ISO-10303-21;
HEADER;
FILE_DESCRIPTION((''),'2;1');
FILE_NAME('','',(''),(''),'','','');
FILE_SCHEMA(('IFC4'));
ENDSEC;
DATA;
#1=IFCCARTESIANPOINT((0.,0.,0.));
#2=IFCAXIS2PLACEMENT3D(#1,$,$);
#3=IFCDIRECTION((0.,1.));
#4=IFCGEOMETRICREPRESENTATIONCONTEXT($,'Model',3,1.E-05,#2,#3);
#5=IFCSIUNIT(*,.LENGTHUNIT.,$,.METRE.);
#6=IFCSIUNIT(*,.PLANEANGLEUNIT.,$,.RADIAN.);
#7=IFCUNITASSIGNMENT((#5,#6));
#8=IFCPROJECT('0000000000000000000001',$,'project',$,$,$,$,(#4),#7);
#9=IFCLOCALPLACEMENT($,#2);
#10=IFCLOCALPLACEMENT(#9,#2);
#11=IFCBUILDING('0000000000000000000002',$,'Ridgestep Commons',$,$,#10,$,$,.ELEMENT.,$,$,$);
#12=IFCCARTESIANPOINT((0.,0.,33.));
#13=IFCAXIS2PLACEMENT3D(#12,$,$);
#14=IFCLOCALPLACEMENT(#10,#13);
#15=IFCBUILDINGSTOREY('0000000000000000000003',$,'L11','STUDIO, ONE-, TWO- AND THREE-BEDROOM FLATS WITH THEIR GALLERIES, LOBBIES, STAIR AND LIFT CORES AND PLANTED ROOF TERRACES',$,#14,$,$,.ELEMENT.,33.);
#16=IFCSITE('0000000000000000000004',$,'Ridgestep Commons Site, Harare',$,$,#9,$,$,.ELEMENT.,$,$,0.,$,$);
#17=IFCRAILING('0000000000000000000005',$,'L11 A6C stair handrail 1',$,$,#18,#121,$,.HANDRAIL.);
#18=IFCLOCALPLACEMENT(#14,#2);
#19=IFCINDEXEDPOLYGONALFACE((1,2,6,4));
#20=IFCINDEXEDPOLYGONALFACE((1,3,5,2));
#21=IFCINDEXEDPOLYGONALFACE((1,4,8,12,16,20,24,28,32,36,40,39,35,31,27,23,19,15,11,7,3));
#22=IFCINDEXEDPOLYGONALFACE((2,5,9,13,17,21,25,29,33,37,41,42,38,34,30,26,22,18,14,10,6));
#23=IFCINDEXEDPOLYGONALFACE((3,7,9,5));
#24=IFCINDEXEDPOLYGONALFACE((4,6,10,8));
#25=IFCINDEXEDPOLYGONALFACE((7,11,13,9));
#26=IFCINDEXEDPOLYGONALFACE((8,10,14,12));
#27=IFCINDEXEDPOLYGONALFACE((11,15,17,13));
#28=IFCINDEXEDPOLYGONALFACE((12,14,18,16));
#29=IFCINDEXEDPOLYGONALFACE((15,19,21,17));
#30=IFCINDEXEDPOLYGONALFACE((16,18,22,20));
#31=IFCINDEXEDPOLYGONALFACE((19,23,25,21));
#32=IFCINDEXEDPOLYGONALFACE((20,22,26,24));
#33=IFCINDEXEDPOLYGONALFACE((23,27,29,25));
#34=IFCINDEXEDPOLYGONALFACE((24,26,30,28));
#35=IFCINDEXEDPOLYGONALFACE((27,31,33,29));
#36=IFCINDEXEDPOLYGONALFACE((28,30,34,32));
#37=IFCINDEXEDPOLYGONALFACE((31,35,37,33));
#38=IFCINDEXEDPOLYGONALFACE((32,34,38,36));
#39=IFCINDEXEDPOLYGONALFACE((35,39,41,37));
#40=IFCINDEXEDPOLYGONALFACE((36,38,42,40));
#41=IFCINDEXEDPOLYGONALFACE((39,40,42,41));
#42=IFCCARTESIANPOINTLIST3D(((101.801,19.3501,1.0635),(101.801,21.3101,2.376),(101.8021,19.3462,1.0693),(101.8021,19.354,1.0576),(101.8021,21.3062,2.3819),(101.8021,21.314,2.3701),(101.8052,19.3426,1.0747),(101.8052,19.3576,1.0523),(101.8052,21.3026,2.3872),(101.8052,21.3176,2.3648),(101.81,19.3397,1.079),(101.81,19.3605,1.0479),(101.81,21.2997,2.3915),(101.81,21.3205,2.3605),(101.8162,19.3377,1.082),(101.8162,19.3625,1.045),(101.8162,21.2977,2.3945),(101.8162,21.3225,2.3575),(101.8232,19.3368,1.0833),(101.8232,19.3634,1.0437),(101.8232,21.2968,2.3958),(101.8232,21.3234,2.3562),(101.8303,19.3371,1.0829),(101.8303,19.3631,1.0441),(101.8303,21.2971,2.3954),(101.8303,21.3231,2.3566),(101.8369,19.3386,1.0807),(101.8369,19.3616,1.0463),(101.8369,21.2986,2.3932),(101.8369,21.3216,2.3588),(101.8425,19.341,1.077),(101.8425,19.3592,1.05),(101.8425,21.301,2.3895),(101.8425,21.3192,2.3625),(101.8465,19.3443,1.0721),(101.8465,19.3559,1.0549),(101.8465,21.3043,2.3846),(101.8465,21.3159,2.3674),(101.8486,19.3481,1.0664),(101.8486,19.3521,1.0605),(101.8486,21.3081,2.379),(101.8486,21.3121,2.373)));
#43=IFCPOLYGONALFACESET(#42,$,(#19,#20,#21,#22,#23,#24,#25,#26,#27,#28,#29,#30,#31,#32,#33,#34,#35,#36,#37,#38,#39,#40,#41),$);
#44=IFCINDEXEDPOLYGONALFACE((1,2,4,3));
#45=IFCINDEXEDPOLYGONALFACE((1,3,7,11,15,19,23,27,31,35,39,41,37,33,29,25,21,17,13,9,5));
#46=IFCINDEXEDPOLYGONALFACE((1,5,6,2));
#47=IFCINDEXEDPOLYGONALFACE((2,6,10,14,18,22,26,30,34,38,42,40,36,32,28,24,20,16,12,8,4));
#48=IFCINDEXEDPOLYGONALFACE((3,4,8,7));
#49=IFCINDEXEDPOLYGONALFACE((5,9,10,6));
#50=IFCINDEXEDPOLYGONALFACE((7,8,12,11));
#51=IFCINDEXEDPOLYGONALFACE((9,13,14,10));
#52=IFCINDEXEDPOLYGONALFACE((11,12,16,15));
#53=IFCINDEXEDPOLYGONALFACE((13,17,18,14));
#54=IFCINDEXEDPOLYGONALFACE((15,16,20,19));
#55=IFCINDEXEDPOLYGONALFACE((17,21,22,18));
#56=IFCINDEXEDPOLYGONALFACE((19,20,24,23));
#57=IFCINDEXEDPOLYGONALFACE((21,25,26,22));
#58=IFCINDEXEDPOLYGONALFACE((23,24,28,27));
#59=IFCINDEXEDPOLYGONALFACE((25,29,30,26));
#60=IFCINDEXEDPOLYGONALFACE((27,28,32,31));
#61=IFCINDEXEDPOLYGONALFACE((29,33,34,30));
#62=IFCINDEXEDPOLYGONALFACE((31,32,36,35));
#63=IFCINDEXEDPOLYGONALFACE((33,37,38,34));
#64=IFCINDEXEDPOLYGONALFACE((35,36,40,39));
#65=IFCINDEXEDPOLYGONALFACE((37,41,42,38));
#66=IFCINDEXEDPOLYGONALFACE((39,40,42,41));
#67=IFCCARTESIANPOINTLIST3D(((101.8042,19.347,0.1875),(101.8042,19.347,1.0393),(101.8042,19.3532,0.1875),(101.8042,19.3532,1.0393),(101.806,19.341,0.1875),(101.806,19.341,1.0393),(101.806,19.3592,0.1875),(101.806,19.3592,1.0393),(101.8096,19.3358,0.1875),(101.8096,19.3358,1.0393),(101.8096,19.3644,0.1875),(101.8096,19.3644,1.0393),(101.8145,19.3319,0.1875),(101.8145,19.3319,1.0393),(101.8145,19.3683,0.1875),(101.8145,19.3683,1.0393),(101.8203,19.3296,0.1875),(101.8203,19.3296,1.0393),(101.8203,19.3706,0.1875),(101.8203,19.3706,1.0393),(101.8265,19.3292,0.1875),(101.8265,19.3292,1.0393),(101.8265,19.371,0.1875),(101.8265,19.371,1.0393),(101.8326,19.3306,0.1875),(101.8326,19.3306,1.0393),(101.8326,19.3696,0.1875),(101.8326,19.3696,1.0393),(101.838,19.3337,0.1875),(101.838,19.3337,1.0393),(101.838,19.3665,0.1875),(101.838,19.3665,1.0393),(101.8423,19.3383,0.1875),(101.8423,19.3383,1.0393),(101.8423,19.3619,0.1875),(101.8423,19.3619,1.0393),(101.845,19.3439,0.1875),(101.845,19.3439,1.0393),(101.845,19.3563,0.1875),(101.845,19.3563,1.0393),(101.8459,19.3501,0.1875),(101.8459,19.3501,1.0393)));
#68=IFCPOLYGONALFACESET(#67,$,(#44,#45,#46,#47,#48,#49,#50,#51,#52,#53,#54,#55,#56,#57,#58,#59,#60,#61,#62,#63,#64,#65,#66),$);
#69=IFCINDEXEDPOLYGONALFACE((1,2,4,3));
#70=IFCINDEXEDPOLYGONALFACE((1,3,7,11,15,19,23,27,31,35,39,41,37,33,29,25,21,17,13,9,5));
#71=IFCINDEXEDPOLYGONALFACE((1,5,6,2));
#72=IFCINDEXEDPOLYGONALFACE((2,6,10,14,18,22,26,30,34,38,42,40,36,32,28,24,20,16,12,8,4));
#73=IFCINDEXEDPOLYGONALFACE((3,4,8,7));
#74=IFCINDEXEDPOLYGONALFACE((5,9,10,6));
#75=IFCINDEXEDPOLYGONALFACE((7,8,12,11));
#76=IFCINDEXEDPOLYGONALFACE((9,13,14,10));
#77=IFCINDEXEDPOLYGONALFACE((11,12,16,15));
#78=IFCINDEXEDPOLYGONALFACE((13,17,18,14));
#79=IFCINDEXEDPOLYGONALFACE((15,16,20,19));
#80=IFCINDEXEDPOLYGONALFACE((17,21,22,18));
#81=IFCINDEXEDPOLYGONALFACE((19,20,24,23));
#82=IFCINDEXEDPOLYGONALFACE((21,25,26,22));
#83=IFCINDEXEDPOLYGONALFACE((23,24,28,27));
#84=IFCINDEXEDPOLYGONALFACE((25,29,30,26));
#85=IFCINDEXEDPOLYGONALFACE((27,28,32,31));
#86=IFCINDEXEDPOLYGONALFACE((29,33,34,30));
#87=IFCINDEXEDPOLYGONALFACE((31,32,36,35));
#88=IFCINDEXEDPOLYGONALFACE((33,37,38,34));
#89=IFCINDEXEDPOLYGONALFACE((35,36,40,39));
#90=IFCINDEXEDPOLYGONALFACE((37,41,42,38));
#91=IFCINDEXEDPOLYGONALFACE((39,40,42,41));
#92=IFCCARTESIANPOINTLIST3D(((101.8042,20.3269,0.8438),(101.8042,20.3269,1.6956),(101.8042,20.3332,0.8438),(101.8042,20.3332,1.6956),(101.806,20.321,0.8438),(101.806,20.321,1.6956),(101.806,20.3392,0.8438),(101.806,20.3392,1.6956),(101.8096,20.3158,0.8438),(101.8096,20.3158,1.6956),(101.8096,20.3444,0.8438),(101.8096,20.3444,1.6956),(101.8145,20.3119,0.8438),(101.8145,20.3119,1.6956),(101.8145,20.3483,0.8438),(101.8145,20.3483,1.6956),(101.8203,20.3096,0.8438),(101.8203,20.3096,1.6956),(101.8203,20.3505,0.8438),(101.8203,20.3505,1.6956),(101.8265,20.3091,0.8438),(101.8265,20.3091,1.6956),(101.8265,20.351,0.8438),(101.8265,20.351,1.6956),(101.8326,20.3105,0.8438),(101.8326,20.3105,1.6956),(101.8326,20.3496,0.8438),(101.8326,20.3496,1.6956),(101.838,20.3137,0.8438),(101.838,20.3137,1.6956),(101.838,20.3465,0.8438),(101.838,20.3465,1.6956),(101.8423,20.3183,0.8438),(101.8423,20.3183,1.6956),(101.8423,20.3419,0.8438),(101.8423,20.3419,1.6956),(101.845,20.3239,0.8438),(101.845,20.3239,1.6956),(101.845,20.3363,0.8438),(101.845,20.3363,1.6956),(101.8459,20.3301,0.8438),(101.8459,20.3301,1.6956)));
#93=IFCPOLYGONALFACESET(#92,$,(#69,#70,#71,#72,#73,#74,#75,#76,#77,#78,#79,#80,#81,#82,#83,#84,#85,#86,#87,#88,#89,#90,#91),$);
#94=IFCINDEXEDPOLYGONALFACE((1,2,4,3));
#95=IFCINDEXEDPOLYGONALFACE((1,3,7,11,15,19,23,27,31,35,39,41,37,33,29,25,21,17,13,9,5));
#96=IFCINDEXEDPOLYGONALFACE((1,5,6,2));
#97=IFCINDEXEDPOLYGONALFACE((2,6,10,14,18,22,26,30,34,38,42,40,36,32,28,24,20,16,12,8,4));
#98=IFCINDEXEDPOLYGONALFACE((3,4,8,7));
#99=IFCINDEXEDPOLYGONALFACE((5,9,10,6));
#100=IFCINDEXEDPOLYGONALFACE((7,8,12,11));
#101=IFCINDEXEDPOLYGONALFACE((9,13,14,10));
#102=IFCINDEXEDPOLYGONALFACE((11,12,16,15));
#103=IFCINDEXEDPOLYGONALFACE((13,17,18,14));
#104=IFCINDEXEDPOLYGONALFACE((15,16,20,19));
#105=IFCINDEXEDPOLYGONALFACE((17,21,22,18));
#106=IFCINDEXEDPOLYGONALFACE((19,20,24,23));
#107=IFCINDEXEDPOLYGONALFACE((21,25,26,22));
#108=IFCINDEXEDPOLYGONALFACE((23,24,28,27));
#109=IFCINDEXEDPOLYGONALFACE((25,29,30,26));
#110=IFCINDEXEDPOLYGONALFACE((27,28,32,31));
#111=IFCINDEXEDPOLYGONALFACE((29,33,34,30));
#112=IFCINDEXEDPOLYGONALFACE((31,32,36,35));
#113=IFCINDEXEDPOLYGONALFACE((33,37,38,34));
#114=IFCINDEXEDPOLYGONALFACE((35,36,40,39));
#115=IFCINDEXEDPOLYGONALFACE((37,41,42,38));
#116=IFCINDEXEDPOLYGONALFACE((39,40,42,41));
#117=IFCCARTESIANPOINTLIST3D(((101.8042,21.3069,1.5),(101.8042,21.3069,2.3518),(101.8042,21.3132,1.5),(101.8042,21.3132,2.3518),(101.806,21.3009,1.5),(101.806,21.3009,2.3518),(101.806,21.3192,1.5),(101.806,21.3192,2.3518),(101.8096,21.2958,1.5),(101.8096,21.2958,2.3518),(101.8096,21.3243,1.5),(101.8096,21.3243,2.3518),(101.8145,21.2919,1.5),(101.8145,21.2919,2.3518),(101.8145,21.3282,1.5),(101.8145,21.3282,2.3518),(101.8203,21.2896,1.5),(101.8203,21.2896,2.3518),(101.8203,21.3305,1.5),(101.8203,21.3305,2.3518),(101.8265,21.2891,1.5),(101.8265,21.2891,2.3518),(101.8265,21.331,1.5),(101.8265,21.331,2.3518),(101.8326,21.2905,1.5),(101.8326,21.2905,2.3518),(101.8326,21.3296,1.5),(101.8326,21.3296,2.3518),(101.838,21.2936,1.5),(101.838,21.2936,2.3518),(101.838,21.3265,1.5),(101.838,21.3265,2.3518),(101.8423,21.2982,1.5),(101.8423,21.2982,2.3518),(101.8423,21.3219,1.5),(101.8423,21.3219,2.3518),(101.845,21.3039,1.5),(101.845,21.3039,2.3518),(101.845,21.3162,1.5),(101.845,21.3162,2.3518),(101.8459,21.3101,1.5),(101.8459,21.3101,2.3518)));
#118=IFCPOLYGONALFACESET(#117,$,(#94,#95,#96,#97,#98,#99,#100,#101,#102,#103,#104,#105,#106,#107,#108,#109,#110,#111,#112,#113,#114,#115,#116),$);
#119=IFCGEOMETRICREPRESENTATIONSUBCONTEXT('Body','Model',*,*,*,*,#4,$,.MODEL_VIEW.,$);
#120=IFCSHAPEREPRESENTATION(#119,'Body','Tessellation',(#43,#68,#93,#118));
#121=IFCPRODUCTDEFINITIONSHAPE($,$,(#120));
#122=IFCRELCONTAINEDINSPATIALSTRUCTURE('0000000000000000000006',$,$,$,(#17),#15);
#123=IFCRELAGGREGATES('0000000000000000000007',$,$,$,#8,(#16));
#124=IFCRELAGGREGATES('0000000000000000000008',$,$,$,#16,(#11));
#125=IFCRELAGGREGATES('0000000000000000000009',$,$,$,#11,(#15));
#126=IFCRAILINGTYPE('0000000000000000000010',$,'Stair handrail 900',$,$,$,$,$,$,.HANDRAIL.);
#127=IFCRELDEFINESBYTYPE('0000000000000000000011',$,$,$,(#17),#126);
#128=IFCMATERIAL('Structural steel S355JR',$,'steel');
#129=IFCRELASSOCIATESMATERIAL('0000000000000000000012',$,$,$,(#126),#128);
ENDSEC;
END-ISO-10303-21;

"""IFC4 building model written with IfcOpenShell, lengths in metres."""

from ifc_helpers import new_model, si_unit, direction, frame, origin, origin_2d, place, context, subcontext, project, spatial, circle, extrude, material, type_object, element, save


model = new_model("IFC4")

# Units and contexts
model_context = context("Model", 3, precision=1e-05, world=origin(), true_north=direction((0.0, 1.0)))
body_context = subcontext(model_context, "Body", "Model", "MODEL_VIEW")
ifc_project = project(units=[si_unit("LENGTHUNIT", "METRE"), si_unit("PLANEANGLEUNIT", "RADIAN")], contexts=[model_context])

# Site, building, storey
site_placement = place(None, origin())
site = spatial("IfcSite", under=ifc_project, at=site_placement, Name="Ridgestep Commons Site, Harare", CompositionType="ELEMENT", RefElevation=0.0)
building_placement = place(site_placement, origin())
building = spatial("IfcBuilding", under=site, at=building_placement, Name="Ridgestep Commons", CompositionType="ELEMENT")
storey_placement = place(building_placement, frame((0.0, 0.0, 33.0)))
storey = spatial("IfcBuildingStorey", under=building, at=storey_placement, Name="L11", Description="STUDIO, ONE-, TWO- AND THREE-BEDROOM FLATS WITH THEIR GALLERIES, LOBBIES, STAIR AND LIFT CORES AND PLANTED ROOF TERRACES", CompositionType="ELEMENT", Elevation=33.0)

# Railing
ifc_material_1 = material(Name="Structural steel S355JR", Category="steel")
railing_type_1 = type_object("IfcRailingType", Name="Stair handrail 900", PredefinedType="HANDRAIL", material=ifc_material_1)
railing_1_placement = place(storey_placement, frame((101.825, 19.3501, 0.1875)))
element("IfcRailing", 1, at=railing_1_placement, inside=storey, type_object=railing_type_1, Name="L11 A6C stair handrail 1", PredefinedType="HANDRAIL", context=body_context, shape_type="SweptSolid", body=[
    extrude(circle(Radius=0.0239, at=origin_2d()), frame((0.0, 0.0, 0.876), z_axis=(0.0, 0.830902, 0.556419), x_axis=(-1.0, 0.0, 0.0)), (0.0, 0.0, 1.0), 2.3589),
    extrude(circle(Radius=0.021, at=origin_2d()), origin(), (0.0, 0.0, 1.0), 0.8518),
    extrude(circle(Radius=0.021, at=origin_2d()), frame((0.0, 0.98, 0.6562)), (0.0, 0.0, 1.0), 0.8518),
    extrude(circle(Radius=0.021, at=origin_2d()), frame((0.0, 1.96, 1.3125)), (0.0, 0.0, 1.0), 0.8518),
])

save(model, "model.ifc")
